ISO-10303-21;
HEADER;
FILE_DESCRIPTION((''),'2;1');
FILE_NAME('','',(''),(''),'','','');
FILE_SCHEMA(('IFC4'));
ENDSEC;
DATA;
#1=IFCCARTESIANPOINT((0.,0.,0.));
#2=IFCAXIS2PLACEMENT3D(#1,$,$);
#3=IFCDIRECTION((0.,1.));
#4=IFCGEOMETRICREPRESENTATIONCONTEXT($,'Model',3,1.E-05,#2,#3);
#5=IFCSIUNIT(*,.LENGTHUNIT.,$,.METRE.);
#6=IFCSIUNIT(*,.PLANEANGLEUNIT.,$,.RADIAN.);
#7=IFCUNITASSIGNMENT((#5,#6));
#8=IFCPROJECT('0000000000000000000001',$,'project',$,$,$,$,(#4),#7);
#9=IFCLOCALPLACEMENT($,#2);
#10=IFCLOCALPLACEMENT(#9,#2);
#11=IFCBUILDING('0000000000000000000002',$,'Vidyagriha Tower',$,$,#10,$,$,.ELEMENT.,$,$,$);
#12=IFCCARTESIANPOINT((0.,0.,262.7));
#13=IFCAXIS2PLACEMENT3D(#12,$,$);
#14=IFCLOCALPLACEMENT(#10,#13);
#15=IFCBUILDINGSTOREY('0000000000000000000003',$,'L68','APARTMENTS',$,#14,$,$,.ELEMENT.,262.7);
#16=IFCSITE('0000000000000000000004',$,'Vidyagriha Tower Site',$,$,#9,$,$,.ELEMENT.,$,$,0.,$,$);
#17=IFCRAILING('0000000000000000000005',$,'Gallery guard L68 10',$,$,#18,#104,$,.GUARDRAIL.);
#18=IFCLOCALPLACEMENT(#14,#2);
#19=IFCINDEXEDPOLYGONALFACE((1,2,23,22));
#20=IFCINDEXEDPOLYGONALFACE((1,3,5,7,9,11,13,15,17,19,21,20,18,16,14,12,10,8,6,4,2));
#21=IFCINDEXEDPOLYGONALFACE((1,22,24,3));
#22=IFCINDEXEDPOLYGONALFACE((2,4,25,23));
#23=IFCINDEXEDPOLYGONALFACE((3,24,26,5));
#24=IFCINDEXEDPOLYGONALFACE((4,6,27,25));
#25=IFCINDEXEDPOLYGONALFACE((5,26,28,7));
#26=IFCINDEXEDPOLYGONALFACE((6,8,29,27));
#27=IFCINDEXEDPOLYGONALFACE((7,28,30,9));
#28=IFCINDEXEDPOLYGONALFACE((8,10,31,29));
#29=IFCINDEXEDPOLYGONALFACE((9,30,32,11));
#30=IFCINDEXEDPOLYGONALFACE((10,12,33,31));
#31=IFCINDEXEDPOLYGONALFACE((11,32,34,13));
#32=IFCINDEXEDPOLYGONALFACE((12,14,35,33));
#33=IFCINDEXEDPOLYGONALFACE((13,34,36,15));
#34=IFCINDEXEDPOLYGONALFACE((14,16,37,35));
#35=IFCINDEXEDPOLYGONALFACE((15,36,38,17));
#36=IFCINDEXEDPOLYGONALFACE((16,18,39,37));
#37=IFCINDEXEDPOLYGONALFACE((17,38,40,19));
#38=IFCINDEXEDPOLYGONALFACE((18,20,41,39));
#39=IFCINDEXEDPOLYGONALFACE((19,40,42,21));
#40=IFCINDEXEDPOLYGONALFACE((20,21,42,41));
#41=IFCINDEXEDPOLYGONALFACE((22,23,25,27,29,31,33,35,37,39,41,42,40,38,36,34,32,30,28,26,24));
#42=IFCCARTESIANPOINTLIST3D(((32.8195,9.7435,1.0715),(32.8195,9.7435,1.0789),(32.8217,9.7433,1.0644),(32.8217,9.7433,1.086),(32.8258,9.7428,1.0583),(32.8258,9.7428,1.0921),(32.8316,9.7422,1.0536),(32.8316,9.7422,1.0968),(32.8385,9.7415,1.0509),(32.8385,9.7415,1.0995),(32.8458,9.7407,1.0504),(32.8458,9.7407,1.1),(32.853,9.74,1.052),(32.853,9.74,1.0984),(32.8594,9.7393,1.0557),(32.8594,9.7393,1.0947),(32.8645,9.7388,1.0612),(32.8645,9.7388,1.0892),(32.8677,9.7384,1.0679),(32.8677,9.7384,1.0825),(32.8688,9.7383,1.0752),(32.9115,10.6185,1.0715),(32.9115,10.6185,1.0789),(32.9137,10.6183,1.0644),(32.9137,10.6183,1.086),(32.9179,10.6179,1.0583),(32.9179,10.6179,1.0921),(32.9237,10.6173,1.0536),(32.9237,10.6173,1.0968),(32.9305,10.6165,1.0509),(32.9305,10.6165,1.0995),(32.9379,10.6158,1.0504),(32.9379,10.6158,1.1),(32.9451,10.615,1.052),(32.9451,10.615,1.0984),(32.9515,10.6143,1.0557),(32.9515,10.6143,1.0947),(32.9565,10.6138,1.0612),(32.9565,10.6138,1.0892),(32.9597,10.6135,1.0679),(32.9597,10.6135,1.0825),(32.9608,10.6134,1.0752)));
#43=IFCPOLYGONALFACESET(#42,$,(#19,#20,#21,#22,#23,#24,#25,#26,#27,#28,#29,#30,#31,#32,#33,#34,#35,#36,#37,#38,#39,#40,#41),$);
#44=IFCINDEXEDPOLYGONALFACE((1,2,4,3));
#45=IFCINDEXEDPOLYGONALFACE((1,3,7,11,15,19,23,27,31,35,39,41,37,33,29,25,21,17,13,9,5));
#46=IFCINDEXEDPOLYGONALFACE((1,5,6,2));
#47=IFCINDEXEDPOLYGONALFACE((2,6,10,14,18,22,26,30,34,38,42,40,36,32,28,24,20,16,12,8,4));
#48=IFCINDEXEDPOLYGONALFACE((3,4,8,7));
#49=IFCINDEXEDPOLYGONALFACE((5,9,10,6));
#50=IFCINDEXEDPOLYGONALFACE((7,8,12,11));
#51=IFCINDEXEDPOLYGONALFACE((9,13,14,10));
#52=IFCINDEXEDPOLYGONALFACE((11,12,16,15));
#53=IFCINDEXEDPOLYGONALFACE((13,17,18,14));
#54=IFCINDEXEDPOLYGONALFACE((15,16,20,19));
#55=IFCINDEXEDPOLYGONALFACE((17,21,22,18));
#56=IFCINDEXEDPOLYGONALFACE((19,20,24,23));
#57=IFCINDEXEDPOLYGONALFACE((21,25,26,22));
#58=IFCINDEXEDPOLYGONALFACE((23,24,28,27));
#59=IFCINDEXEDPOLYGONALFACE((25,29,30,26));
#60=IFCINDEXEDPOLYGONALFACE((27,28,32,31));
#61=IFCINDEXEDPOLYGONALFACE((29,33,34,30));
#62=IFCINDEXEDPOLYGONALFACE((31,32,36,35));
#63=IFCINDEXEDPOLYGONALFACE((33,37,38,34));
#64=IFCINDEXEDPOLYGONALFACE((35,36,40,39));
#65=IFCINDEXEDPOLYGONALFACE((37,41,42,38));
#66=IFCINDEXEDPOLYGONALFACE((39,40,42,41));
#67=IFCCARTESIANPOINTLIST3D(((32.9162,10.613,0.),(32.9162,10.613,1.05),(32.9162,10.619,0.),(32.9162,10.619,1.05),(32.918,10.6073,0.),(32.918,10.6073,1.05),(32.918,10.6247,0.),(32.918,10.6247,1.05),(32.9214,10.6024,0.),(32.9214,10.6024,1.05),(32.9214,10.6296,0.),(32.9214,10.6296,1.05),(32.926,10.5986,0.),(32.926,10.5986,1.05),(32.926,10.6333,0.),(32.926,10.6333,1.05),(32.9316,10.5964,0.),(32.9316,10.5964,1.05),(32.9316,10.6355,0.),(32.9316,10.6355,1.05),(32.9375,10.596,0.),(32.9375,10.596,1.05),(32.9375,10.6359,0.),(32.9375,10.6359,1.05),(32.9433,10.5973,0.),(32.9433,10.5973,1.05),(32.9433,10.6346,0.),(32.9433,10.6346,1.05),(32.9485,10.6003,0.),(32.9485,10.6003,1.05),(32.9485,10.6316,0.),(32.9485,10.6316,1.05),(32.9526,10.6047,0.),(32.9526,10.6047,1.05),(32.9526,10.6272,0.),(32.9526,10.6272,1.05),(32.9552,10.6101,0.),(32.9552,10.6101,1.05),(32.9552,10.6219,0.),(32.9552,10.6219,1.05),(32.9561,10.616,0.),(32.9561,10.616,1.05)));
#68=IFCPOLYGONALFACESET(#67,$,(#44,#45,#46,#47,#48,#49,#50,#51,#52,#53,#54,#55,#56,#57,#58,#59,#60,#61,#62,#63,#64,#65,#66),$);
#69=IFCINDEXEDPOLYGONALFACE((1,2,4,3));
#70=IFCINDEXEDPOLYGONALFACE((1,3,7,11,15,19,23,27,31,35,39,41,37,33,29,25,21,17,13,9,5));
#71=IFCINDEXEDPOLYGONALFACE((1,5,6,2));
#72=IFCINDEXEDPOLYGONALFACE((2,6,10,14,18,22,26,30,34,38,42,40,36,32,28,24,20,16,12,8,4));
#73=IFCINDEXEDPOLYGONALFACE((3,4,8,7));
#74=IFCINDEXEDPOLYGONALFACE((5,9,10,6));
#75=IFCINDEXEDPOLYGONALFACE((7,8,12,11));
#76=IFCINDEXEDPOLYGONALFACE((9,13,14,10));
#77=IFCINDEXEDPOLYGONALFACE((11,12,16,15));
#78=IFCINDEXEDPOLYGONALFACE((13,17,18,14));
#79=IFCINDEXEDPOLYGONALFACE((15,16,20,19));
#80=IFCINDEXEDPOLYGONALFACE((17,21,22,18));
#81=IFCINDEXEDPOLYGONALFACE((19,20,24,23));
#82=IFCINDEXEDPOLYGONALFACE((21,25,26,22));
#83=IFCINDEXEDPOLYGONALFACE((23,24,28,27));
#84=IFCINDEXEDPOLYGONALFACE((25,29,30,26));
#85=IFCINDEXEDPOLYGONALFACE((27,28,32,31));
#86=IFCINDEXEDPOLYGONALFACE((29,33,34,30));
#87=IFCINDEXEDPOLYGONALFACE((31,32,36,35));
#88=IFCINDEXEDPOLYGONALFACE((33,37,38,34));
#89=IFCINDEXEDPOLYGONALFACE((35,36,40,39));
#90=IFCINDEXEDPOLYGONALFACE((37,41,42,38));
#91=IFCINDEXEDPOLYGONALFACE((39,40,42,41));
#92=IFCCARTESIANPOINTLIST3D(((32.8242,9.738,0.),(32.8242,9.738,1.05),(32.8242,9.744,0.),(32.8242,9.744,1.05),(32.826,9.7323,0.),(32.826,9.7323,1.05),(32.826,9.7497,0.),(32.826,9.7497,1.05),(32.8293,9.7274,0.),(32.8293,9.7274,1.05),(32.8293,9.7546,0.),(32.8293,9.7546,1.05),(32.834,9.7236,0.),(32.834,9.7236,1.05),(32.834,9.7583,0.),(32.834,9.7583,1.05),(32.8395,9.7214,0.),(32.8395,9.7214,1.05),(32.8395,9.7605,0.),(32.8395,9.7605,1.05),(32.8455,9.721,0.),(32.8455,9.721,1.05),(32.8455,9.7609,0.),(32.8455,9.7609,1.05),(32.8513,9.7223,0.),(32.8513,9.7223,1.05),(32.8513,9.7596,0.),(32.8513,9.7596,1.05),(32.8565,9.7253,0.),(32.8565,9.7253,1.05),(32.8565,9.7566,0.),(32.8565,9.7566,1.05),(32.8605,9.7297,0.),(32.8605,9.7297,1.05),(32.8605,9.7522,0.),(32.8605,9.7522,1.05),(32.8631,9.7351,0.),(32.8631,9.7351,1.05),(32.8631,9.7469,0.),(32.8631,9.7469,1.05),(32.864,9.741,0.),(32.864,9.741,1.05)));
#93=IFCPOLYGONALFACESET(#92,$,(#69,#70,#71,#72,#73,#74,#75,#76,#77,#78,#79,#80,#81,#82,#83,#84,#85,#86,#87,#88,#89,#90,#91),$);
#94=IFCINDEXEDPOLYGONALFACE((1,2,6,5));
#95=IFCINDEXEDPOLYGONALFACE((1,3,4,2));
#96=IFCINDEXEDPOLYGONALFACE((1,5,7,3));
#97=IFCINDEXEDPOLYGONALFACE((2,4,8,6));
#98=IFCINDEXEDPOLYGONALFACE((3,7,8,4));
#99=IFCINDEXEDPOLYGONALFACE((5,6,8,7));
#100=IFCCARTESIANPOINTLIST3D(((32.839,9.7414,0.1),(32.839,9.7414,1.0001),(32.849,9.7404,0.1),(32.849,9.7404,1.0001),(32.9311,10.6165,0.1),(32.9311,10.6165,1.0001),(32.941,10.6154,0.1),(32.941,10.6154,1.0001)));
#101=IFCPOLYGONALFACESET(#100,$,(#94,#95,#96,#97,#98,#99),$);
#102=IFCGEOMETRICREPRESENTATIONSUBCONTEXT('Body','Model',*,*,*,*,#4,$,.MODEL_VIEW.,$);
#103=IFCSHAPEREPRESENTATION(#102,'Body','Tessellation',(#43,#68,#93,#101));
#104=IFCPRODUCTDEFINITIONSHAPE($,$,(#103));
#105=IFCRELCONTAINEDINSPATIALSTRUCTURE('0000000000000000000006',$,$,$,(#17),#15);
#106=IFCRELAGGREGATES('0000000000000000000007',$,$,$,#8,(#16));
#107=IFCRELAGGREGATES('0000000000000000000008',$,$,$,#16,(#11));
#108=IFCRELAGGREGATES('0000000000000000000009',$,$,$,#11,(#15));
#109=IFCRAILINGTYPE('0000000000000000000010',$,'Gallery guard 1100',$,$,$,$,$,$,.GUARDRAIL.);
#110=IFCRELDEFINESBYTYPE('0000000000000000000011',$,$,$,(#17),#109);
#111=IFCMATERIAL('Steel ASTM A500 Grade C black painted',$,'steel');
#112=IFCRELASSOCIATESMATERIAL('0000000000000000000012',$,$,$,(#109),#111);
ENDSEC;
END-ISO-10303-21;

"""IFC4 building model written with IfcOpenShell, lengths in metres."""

from ifc_helpers import new_model, si_unit, direction, frame, origin, origin_2d, place, context, subcontext, project, spatial, rectangle, circle, extrude, material, type_object, element, save


model = new_model("IFC4")

# Units and contexts
model_context = context("Model", 3, precision=1e-05, world=origin(), true_north=direction((0.0, 1.0)))
body_context = subcontext(model_context, "Body", "Model", "MODEL_VIEW")
ifc_project = project(units=[si_unit("LENGTHUNIT", "METRE"), si_unit("PLANEANGLEUNIT", "RADIAN")], contexts=[model_context])

# Site, building, storey
site_placement = place(None, origin())
site = spatial("IfcSite", under=ifc_project, at=site_placement, Name="Vidyagriha Tower Site", CompositionType="ELEMENT", RefElevation=0.0)
building_placement = place(site_placement, origin())
building = spatial("IfcBuilding", under=site, at=building_placement, Name="Vidyagriha Tower", CompositionType="ELEMENT")
storey_placement = place(building_placement, frame((0.0, 0.0, 262.7)))
storey = spatial("IfcBuildingStorey", under=building, at=storey_placement, Name="L68", Description="APARTMENTS", CompositionType="ELEMENT", Elevation=262.7)

# Railing
ifc_material_1 = material(Name="Steel ASTM A500 Grade C black painted", Category="steel")
railing_type_1 = type_object("IfcRailingType", Name="Gallery guard 1100", PredefinedType="GUARDRAIL", material=ifc_material_1)
railing_1_placement = place(storey_placement, frame((32.936, 10.616, 0.0)))
element("IfcRailing", 1, at=railing_1_placement, inside=storey, type_object=railing_type_1, Name="Gallery guard L68 10", PredefinedType="GUARDRAIL", context=body_context, shape_type="SweptSolid", body=[
    extrude(circle(Radius=0.0249, at=origin_2d()), frame((0.0, 0.0, 1.0752), z_axis=(-0.104613, -0.994513, 0.0), x_axis=(0.994513, -0.104613, 0.0)), (0.0, 0.0, 1.0), 0.8799),
    extrude(circle(Radius=0.02, at=origin_2d()), origin(), (0.0, 0.0, 1.0), 1.05),
    extrude(circle(Radius=0.02, at=origin_2d()), frame((-0.092, -0.875, 0.0)), (0.0, 0.0, 1.0), 1.05),
    extrude(rectangle(XDim=0.01, YDim=0.9001, at=origin_2d()), frame((0.0, 0.0, 0.55), z_axis=(-0.104613, -0.994513, 0.0), x_axis=(0.994513, -0.104613, 0.0)), (0.0, 0.0, 1.0), 0.8799),
])

save(model, "model.ifc")
